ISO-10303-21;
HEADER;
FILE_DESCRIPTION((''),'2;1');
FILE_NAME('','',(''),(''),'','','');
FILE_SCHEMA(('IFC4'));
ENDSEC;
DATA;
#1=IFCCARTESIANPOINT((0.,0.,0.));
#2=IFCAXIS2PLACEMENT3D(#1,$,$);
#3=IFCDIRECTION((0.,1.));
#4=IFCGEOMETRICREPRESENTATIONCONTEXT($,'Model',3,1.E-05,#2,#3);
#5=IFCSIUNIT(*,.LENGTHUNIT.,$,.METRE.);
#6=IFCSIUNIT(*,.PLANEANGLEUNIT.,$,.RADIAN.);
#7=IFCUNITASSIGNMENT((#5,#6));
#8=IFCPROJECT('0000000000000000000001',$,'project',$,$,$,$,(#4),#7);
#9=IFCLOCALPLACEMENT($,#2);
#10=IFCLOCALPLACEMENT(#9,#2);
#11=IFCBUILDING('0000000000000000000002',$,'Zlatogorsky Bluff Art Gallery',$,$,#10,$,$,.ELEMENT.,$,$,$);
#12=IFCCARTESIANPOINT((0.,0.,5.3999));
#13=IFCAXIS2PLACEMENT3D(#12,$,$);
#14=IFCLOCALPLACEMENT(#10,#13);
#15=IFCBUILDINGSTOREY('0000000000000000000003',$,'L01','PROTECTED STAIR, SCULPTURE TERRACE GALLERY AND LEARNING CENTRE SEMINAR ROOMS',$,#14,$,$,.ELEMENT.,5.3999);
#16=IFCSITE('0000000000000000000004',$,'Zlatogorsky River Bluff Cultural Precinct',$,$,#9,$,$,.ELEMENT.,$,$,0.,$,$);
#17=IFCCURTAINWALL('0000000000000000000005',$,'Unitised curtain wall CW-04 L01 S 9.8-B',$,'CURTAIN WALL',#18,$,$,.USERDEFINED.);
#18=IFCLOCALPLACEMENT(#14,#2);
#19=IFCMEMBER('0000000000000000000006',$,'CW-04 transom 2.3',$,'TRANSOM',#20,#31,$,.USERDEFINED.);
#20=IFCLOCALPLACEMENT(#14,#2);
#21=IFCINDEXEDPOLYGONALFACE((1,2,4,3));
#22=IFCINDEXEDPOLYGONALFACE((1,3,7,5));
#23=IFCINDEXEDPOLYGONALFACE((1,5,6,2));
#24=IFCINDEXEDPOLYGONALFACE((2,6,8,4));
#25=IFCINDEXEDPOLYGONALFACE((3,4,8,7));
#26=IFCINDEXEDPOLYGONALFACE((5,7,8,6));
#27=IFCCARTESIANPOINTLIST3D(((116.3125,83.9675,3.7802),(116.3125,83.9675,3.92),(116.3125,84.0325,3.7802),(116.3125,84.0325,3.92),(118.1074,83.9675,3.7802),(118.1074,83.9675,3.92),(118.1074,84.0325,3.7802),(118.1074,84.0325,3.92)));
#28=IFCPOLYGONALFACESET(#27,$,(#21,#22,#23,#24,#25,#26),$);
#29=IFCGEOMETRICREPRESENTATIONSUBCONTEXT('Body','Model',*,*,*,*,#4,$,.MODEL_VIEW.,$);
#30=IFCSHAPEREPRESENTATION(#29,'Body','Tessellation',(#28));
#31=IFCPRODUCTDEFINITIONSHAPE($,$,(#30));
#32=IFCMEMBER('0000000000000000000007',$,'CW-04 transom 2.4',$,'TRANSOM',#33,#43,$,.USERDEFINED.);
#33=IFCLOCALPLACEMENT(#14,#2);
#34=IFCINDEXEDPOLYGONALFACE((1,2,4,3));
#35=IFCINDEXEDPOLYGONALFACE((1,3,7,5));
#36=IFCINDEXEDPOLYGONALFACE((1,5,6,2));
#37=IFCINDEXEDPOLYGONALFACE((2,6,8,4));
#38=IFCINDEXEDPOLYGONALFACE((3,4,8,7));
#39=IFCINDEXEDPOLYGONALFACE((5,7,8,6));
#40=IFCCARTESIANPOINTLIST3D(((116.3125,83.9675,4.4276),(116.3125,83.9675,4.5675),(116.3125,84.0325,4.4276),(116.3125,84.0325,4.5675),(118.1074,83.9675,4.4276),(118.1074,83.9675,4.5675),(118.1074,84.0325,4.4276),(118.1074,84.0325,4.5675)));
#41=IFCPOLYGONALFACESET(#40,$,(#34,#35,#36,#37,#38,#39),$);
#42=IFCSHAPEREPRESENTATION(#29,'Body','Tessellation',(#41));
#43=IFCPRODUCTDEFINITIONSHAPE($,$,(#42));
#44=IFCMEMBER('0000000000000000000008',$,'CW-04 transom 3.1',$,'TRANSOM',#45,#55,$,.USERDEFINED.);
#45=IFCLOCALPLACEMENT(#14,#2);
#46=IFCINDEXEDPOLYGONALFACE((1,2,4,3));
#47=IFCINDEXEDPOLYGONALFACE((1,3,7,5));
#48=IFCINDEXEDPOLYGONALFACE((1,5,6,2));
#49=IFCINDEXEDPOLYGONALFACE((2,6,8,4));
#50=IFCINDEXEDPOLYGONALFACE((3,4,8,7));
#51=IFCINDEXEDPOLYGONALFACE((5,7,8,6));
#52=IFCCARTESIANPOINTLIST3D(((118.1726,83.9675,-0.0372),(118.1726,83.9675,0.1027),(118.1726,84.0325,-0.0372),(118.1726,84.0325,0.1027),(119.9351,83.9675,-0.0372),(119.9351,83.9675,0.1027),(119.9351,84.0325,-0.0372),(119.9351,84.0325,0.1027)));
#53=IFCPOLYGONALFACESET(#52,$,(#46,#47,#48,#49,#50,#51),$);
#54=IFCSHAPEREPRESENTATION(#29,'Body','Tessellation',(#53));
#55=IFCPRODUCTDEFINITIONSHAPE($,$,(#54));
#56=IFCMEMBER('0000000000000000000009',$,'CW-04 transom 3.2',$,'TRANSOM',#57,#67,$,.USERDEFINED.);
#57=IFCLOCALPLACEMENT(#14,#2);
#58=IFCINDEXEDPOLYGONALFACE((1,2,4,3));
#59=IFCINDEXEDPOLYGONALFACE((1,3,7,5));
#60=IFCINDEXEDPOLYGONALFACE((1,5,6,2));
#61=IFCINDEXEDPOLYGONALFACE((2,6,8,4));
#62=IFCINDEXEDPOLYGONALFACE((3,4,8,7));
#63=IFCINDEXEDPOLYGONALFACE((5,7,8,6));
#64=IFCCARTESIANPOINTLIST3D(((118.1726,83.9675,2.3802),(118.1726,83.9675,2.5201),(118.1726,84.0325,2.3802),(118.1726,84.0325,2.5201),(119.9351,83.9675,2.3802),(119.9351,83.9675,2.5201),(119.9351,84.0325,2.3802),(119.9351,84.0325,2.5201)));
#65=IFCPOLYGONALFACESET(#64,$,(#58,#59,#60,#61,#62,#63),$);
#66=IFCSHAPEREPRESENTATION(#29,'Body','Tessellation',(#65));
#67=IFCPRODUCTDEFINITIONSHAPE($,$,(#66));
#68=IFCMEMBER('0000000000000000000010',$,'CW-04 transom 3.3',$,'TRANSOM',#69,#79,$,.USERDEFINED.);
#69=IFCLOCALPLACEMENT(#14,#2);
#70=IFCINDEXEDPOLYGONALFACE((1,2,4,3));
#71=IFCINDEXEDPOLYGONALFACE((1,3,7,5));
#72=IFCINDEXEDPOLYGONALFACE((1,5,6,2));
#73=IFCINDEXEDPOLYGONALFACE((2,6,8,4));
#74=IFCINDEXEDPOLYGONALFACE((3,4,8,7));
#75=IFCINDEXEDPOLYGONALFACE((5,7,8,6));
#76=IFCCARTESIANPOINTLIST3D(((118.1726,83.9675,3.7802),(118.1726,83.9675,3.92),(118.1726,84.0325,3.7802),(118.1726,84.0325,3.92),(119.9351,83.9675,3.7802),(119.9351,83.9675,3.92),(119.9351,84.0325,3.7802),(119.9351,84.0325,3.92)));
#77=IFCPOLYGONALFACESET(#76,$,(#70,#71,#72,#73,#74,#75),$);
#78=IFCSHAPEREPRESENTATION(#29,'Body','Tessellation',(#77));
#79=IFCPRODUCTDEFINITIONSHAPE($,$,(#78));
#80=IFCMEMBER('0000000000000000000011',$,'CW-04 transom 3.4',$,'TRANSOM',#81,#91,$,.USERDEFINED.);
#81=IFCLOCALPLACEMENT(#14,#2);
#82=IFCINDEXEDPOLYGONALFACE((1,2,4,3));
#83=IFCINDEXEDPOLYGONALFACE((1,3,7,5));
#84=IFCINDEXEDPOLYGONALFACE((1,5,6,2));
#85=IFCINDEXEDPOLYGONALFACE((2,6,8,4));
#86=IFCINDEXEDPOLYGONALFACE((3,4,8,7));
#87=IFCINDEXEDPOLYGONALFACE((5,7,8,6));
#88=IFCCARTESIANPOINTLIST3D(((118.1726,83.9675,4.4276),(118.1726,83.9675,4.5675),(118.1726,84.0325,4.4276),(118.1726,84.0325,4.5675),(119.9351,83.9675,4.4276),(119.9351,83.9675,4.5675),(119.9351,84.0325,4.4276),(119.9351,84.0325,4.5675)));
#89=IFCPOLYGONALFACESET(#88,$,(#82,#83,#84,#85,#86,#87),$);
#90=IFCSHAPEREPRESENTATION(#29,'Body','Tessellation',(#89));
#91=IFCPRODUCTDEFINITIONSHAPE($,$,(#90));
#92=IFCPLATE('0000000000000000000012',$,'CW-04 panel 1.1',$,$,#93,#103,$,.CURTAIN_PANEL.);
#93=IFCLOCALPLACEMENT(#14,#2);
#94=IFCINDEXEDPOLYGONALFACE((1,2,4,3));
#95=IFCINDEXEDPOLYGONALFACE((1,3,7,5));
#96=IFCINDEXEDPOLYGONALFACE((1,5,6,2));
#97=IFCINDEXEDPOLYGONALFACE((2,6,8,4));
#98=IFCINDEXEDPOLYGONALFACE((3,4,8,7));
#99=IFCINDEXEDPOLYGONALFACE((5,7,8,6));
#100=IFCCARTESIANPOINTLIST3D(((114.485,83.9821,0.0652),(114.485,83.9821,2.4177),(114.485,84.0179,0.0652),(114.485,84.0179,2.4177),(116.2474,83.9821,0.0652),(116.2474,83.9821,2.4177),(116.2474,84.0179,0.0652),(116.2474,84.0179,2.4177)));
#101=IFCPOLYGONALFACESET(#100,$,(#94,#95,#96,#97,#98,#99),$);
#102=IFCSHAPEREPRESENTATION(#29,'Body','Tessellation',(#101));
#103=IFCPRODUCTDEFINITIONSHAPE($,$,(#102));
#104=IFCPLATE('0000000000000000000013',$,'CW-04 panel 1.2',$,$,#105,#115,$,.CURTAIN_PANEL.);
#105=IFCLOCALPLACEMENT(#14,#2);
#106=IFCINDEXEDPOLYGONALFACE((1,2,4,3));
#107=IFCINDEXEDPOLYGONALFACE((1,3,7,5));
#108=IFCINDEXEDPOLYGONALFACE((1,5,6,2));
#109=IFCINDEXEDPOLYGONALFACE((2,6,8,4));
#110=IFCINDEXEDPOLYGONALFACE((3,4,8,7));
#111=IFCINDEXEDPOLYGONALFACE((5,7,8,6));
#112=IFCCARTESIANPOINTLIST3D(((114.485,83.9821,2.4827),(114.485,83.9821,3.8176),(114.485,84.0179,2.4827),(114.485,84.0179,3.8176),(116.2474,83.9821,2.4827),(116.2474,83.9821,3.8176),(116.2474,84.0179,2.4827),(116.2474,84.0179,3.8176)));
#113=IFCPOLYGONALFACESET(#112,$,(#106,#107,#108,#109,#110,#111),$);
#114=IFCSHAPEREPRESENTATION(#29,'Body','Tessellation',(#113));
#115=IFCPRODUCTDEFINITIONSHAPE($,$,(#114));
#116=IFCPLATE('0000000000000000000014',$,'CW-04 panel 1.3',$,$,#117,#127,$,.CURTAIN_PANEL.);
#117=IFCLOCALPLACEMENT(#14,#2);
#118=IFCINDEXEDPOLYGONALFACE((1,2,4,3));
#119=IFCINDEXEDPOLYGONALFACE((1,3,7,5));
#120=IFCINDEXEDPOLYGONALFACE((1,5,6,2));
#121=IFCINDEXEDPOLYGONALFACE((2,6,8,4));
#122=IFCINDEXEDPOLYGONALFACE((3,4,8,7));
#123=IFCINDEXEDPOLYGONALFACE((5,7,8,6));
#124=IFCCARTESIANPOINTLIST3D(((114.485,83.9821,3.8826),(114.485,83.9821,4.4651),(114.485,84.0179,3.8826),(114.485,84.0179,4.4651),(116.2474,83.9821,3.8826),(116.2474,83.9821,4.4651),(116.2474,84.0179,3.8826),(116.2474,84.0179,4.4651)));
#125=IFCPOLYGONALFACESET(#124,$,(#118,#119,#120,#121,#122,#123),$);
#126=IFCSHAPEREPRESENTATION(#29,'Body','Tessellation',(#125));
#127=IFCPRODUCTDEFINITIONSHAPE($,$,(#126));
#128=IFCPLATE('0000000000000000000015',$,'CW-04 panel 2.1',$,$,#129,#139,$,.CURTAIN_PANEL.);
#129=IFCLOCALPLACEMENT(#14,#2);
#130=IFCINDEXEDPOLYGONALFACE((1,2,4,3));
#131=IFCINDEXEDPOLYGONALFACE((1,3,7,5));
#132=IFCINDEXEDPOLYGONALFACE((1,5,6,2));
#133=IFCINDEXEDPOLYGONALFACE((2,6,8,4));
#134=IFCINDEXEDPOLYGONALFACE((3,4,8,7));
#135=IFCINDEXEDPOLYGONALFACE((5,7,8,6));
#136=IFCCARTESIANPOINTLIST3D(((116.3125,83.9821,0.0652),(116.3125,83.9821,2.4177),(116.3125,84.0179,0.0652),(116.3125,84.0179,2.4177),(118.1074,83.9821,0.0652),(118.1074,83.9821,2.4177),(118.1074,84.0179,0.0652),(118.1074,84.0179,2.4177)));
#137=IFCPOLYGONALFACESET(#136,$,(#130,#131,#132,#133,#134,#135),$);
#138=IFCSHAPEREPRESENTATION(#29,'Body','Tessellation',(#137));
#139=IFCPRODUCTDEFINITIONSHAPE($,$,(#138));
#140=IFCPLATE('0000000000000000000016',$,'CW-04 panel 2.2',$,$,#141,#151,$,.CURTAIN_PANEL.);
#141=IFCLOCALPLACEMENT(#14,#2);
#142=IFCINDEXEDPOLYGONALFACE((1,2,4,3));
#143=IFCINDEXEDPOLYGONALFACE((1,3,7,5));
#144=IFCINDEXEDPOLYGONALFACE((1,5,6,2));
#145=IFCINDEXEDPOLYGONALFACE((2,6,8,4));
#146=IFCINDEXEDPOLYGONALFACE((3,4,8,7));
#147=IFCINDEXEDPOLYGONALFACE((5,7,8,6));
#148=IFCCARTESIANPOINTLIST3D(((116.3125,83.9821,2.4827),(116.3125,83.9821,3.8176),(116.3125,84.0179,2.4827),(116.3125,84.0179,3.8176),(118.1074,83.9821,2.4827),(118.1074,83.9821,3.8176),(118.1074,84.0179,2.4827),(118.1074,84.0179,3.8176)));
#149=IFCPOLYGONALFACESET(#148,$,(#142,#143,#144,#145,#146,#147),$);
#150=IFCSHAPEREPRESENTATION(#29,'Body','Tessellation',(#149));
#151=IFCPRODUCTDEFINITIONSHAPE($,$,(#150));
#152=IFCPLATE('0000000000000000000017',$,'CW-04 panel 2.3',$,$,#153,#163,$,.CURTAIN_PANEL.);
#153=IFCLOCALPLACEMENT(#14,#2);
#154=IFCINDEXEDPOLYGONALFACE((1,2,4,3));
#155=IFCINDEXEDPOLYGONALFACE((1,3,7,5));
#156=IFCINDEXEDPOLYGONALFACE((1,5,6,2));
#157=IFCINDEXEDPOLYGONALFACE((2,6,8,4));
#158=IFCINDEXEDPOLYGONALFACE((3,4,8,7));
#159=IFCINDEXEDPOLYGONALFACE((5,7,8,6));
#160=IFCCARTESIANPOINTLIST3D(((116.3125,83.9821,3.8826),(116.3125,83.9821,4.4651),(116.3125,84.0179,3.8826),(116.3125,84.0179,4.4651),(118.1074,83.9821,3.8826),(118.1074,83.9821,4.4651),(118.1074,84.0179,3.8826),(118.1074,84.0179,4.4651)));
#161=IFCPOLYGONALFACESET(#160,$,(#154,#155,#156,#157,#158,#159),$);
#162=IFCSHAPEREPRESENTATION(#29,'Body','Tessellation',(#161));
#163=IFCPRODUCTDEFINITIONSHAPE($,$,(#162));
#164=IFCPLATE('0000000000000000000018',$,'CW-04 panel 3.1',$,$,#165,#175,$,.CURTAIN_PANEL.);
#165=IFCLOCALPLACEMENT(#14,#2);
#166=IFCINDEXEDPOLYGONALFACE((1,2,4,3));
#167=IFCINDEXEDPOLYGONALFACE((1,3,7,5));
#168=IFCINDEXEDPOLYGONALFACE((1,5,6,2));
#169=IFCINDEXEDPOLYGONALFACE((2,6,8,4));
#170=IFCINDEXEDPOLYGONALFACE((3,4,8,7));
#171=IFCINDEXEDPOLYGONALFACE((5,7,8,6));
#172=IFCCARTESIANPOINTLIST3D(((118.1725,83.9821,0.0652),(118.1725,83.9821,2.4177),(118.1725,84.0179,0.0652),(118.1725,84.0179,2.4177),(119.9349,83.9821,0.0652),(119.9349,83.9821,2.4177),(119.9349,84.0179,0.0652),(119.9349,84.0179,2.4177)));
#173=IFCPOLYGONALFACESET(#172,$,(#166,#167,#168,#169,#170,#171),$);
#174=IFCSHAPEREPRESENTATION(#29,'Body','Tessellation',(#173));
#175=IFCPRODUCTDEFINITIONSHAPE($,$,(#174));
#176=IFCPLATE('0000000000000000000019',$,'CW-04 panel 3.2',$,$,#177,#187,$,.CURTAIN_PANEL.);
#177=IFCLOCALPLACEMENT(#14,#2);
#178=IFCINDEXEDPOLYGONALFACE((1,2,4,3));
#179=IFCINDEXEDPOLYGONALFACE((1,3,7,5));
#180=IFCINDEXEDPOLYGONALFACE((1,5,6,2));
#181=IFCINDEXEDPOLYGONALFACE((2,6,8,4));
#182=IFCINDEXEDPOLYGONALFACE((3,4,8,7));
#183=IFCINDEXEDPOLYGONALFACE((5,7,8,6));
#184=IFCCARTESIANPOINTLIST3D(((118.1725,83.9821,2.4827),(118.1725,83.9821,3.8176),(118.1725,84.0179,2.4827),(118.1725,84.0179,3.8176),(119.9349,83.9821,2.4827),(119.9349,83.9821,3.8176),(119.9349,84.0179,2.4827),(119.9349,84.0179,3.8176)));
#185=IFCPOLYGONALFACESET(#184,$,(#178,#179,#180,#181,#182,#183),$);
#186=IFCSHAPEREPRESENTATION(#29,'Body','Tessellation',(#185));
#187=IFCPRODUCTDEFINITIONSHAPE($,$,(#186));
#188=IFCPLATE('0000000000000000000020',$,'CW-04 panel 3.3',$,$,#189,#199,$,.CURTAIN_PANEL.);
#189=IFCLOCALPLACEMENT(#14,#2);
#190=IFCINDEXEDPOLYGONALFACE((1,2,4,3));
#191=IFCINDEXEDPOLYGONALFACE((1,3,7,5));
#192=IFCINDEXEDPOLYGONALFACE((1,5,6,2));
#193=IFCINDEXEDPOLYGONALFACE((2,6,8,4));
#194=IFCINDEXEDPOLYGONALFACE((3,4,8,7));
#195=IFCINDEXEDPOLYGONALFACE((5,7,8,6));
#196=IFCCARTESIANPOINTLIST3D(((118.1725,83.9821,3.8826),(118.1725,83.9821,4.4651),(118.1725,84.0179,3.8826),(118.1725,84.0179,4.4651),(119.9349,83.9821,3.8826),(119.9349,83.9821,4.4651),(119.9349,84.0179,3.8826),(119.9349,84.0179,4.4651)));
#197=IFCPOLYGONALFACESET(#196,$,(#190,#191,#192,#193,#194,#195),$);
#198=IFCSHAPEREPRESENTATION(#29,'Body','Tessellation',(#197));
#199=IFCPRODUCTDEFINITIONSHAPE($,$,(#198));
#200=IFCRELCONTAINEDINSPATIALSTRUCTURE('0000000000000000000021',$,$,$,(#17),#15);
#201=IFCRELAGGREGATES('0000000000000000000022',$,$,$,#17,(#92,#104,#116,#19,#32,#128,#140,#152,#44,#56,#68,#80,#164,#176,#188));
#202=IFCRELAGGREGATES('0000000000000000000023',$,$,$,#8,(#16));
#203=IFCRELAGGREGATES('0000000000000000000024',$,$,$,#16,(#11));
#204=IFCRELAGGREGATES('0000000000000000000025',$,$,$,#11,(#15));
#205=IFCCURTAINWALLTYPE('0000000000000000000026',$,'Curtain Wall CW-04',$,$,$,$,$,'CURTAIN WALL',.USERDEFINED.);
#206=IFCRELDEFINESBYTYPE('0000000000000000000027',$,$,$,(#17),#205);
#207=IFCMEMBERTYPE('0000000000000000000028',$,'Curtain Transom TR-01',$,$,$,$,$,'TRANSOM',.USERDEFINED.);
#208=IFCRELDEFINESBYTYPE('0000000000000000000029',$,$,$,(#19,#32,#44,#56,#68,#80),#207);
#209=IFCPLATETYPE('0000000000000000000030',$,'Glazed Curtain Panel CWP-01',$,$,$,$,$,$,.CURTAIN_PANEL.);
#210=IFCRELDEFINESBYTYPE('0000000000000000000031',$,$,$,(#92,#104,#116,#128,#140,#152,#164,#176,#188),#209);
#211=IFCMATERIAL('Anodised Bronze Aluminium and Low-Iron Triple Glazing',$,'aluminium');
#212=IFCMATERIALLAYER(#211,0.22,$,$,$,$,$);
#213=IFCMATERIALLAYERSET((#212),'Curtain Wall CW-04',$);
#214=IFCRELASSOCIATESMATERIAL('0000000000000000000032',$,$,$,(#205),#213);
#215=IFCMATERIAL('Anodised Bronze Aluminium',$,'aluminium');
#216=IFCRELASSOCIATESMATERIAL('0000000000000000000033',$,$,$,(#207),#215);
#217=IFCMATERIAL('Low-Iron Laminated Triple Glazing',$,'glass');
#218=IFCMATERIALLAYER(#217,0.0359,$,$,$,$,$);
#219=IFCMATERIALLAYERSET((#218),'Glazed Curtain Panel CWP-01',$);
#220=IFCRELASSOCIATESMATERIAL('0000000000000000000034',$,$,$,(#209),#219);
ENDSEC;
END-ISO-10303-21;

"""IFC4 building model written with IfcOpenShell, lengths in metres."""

from ifc_helpers import new_model, si_unit, direction, frame, origin, origin_2d, place, context, subcontext, project, spatial, rectangle, extrude, material, layer, layer_set, material_profile, profile_set, type_object, element, aggregate, save


model = new_model("IFC4")

# Units and contexts
model_context = context("Model", 3, precision=1e-05, world=origin(), true_north=direction((0.0, 1.0)))
body_context = subcontext(model_context, "Body", "Model", "MODEL_VIEW")
ifc_project = project(units=[si_unit("LENGTHUNIT", "METRE"), si_unit("PLANEANGLEUNIT", "RADIAN")], contexts=[model_context])

# Site, building, storey
site_placement = place(None, origin())
site = spatial("IfcSite", under=ifc_project, at=site_placement, Name="Zlatogorsky River Bluff Cultural Precinct", CompositionType="ELEMENT", RefElevation=0.0)
building_placement = place(site_placement, origin())
building = spatial("IfcBuilding", under=site, at=building_placement, Name="Zlatogorsky Bluff Art Gallery", CompositionType="ELEMENT")
storey_placement = place(building_placement, frame((0.0, 0.0, 5.3999)))
storey = spatial("IfcBuildingStorey", under=building, at=storey_placement, Name="L01", Description="PROTECTED STAIR, SCULPTURE TERRACE GALLERY AND LEARNING CENTRE SEMINAR ROOMS", CompositionType="ELEMENT", Elevation=5.3999)

# Curtain wall, members, plates
ifc_material_1 = material(Name="Anodised Bronze Aluminium and Low-Iron Triple Glazing", Category="aluminium")
ifc_layer_1 = layer(ifc_material_1, 0.22)
ifc_layer_set_1 = layer_set([ifc_layer_1], Name="Curtain Wall CW-04")
curtain_wall_type = type_object("IfcCurtainWallType", Name="Curtain Wall CW-04", ElementType="CURTAIN WALL", PredefinedType="USERDEFINED", material=ifc_layer_set_1)
curtain_wall_placement = place(storey_placement, origin())
curtain_wall = element("IfcCurtainWall", 1, at=curtain_wall_placement, inside=storey, type_object=curtain_wall_type, Name="Unitised curtain wall CW-04 L01 S 9.8-B", ObjectType="CURTAIN WALL", PredefinedType="USERDEFINED")
ifc_material_2 = material(Name="Anodised Bronze Aluminium", Category="aluminium")
ifc_material_profile_1 = material_profile(ifc_material_2, rectangle(XDim=0.0649, YDim=0.1399, at=origin_2d()), Name="ALU TRANSOM 65x140")
ifc_profile_set_1 = profile_set([ifc_material_profile_1], Name="Anodised Bronze Aluminium")
member_type_1 = type_object("IfcMemberType", Name="Curtain Transom TR-01", ElementType="TRANSOM", PredefinedType="USERDEFINED", material=ifc_profile_set_1)
member_1_placement = place(storey_placement, frame((116.3125, 84.0, 3.8501), z_axis=(1.0, 0.0, 0.0), x_axis=(0.0, 1.0, 0.0)))
member_1 = element("IfcMember", 2, at=member_1_placement, type_object=member_type_1, Name="CW-04 transom 2.3", ObjectType="TRANSOM", PredefinedType="USERDEFINED", context=body_context, shape_type="SweptSolid", body=[
    extrude(rectangle(XDim=0.0649, YDim=0.1399, at=origin_2d()), origin(), (0.0, 0.0, 1.0), 1.7949),
])
member_2_placement = place(storey_placement, frame((116.3125, 84.0, 4.4976), z_axis=(1.0, 0.0, 0.0), x_axis=(0.0, 1.0, 0.0)))
member_2 = element("IfcMember", 3, at=member_2_placement, type_object=member_type_1, Name="CW-04 transom 2.4", ObjectType="TRANSOM", PredefinedType="USERDEFINED", context=body_context, shape_type="SweptSolid", body=[
    extrude(rectangle(XDim=0.0649, YDim=0.1399, at=origin_2d()), origin(), (0.0, 0.0, 1.0), 1.7949),
])
member_3_placement = place(storey_placement, frame((118.1726, 84.0, 0.0327), z_axis=(1.0, 0.0, 0.0), x_axis=(0.0, 1.0, 0.0)))
member_3 = element("IfcMember", 4, at=member_3_placement, type_object=member_type_1, Name="CW-04 transom 3.1", ObjectType="TRANSOM", PredefinedType="USERDEFINED", context=body_context, shape_type="SweptSolid", body=[
    extrude(rectangle(XDim=0.0649, YDim=0.1399, at=origin_2d()), origin(), (0.0, 0.0, 1.0), 1.7625),
])
member_4_placement = place(storey_placement, frame((118.1726, 84.0, 2.4502), z_axis=(1.0, 0.0, 0.0), x_axis=(0.0, 1.0, 0.0)))
member_4 = element("IfcMember", 5, at=member_4_placement, type_object=member_type_1, Name="CW-04 transom 3.2", ObjectType="TRANSOM", PredefinedType="USERDEFINED", context=body_context, shape_type="SweptSolid", body=[
    extrude(rectangle(XDim=0.0649, YDim=0.1399, at=origin_2d()), origin(), (0.0, 0.0, 1.0), 1.7625),
])
member_5_placement = place(storey_placement, frame((118.1726, 84.0, 3.8501), z_axis=(1.0, 0.0, 0.0), x_axis=(0.0, 1.0, 0.0)))
member_5 = element("IfcMember", 6, at=member_5_placement, type_object=member_type_1, Name="CW-04 transom 3.3", ObjectType="TRANSOM", PredefinedType="USERDEFINED", context=body_context, shape_type="SweptSolid", body=[
    extrude(rectangle(XDim=0.0649, YDim=0.1399, at=origin_2d()), origin(), (0.0, 0.0, 1.0), 1.7625),
])
member_6_placement = place(storey_placement, frame((118.1726, 84.0, 4.4976), z_axis=(1.0, 0.0, 0.0), x_axis=(0.0, 1.0, 0.0)))
member_6 = element("IfcMember", 7, at=member_6_placement, type_object=member_type_1, Name="CW-04 transom 3.4", ObjectType="TRANSOM", PredefinedType="USERDEFINED", context=body_context, shape_type="SweptSolid", body=[
    extrude(rectangle(XDim=0.0649, YDim=0.1399, at=origin_2d()), origin(), (0.0, 0.0, 1.0), 1.7625),
])
ifc_material_3 = material(Name="Low-Iron Laminated Triple Glazing", Category="glass")
ifc_layer_2 = layer(ifc_material_3, 0.0359)
ifc_layer_set_2 = layer_set([ifc_layer_2], Name="Glazed Curtain Panel CWP-01")
plate_type = type_object("IfcPlateType", Name="Glazed Curtain Panel CWP-01", PredefinedType="CURTAIN_PANEL", material=ifc_layer_set_2)
plate_1_placement = place(storey_placement, frame((115.3662, 84.0, 0.0652), z_axis=(0.0, 0.0, 1.0), x_axis=(1.0, 0.0, 0.0)))
plate_1 = element("IfcPlate", 8, at=plate_1_placement, type_object=plate_type, Name="CW-04 panel 1.1", PredefinedType="CURTAIN_PANEL", context=body_context, shape_type="SweptSolid", body=[
    extrude(rectangle(XDim=1.7625, YDim=0.0359, at=origin_2d()), origin(), (0.0, 0.0, 1.0), 2.3525),
])
plate_2_placement = place(storey_placement, frame((115.3662, 84.0, 2.4827), z_axis=(0.0, 0.0, 1.0), x_axis=(1.0, 0.0, 0.0)))
plate_2 = element("IfcPlate", 9, at=plate_2_placement, type_object=plate_type, Name="CW-04 panel 1.2", PredefinedType="CURTAIN_PANEL", context=body_context, shape_type="SweptSolid", body=[
    extrude(rectangle(XDim=1.7625, YDim=0.0359, at=origin_2d()), origin(), (0.0, 0.0, 1.0), 1.335),
])
plate_3_placement = place(storey_placement, frame((115.3662, 84.0, 3.8826), z_axis=(0.0, 0.0, 1.0), x_axis=(1.0, 0.0, 0.0)))
plate_3 = element("IfcPlate", 10, at=plate_3_placement, type_object=plate_type, Name="CW-04 panel 1.3", PredefinedType="CURTAIN_PANEL", context=body_context, shape_type="SweptSolid", body=[
    extrude(rectangle(XDim=1.7625, YDim=0.0359, at=origin_2d()), origin(), (0.0, 0.0, 1.0), 0.5825),
])
plate_4_placement = place(storey_placement, frame((117.21, 84.0, 0.0652), z_axis=(0.0, 0.0, 1.0), x_axis=(1.0, 0.0, 0.0)))
plate_4 = element("IfcPlate", 11, at=plate_4_placement, type_object=plate_type, Name="CW-04 panel 2.1", PredefinedType="CURTAIN_PANEL", context=body_context, shape_type="SweptSolid", body=[
    extrude(rectangle(XDim=1.7949, YDim=0.0359, at=origin_2d()), origin(), (0.0, 0.0, 1.0), 2.3525),
])
plate_5_placement = place(storey_placement, frame((117.21, 84.0, 2.4827), z_axis=(0.0, 0.0, 1.0), x_axis=(1.0, 0.0, 0.0)))
plate_5 = element("IfcPlate", 12, at=plate_5_placement, type_object=plate_type, Name="CW-04 panel 2.2", PredefinedType="CURTAIN_PANEL", context=body_context, shape_type="SweptSolid", body=[
    extrude(rectangle(XDim=1.7949, YDim=0.0359, at=origin_2d()), origin(), (0.0, 0.0, 1.0), 1.335),
])
plate_6_placement = place(storey_placement, frame((117.21, 84.0, 3.8826), z_axis=(0.0, 0.0, 1.0), x_axis=(1.0, 0.0, 0.0)))
plate_6 = element("IfcPlate", 13, at=plate_6_placement, type_object=plate_type, Name="CW-04 panel 2.3", PredefinedType="CURTAIN_PANEL", context=body_context, shape_type="SweptSolid", body=[
    extrude(rectangle(XDim=1.7949, YDim=0.0359, at=origin_2d()), origin(), (0.0, 0.0, 1.0), 0.5825),
])
plate_7_placement = place(storey_placement, frame((119.0537, 84.0, 0.0652), z_axis=(0.0, 0.0, 1.0), x_axis=(1.0, 0.0, 0.0)))
plate_7 = element("IfcPlate", 14, at=plate_7_placement, type_object=plate_type, Name="CW-04 panel 3.1", PredefinedType="CURTAIN_PANEL", context=body_context, shape_type="SweptSolid", body=[
    extrude(rectangle(XDim=1.7625, YDim=0.0359, at=origin_2d()), origin(), (0.0, 0.0, 1.0), 2.3525),
])
plate_8_placement = place(storey_placement, frame((119.0537, 84.0, 2.4827), z_axis=(0.0, 0.0, 1.0), x_axis=(1.0, 0.0, 0.0)))
plate_8 = element("IfcPlate", 15, at=plate_8_placement, type_object=plate_type, Name="CW-04 panel 3.2", PredefinedType="CURTAIN_PANEL", context=body_context, shape_type="SweptSolid", body=[
    extrude(rectangle(XDim=1.7625, YDim=0.0359, at=origin_2d()), origin(), (0.0, 0.0, 1.0), 1.335),
])
plate_9_placement = place(storey_placement, frame((119.0537, 84.0, 3.8826), z_axis=(0.0, 0.0, 1.0), x_axis=(1.0, 0.0, 0.0)))
plate_9 = element("IfcPlate", 16, at=plate_9_placement, type_object=plate_type, Name="CW-04 panel 3.3", PredefinedType="CURTAIN_PANEL", context=body_context, shape_type="SweptSolid", body=[
    extrude(rectangle(XDim=1.7625, YDim=0.0359, at=origin_2d()), origin(), (0.0, 0.0, 1.0), 0.5825),
])
aggregate(curtain_wall, [plate_1, plate_2, plate_3, member_1, member_2, plate_4, plate_5, plate_6, member_3, member_4, member_5, member_6, plate_7, plate_8, plate_9])

save(model, "model.ifc")
